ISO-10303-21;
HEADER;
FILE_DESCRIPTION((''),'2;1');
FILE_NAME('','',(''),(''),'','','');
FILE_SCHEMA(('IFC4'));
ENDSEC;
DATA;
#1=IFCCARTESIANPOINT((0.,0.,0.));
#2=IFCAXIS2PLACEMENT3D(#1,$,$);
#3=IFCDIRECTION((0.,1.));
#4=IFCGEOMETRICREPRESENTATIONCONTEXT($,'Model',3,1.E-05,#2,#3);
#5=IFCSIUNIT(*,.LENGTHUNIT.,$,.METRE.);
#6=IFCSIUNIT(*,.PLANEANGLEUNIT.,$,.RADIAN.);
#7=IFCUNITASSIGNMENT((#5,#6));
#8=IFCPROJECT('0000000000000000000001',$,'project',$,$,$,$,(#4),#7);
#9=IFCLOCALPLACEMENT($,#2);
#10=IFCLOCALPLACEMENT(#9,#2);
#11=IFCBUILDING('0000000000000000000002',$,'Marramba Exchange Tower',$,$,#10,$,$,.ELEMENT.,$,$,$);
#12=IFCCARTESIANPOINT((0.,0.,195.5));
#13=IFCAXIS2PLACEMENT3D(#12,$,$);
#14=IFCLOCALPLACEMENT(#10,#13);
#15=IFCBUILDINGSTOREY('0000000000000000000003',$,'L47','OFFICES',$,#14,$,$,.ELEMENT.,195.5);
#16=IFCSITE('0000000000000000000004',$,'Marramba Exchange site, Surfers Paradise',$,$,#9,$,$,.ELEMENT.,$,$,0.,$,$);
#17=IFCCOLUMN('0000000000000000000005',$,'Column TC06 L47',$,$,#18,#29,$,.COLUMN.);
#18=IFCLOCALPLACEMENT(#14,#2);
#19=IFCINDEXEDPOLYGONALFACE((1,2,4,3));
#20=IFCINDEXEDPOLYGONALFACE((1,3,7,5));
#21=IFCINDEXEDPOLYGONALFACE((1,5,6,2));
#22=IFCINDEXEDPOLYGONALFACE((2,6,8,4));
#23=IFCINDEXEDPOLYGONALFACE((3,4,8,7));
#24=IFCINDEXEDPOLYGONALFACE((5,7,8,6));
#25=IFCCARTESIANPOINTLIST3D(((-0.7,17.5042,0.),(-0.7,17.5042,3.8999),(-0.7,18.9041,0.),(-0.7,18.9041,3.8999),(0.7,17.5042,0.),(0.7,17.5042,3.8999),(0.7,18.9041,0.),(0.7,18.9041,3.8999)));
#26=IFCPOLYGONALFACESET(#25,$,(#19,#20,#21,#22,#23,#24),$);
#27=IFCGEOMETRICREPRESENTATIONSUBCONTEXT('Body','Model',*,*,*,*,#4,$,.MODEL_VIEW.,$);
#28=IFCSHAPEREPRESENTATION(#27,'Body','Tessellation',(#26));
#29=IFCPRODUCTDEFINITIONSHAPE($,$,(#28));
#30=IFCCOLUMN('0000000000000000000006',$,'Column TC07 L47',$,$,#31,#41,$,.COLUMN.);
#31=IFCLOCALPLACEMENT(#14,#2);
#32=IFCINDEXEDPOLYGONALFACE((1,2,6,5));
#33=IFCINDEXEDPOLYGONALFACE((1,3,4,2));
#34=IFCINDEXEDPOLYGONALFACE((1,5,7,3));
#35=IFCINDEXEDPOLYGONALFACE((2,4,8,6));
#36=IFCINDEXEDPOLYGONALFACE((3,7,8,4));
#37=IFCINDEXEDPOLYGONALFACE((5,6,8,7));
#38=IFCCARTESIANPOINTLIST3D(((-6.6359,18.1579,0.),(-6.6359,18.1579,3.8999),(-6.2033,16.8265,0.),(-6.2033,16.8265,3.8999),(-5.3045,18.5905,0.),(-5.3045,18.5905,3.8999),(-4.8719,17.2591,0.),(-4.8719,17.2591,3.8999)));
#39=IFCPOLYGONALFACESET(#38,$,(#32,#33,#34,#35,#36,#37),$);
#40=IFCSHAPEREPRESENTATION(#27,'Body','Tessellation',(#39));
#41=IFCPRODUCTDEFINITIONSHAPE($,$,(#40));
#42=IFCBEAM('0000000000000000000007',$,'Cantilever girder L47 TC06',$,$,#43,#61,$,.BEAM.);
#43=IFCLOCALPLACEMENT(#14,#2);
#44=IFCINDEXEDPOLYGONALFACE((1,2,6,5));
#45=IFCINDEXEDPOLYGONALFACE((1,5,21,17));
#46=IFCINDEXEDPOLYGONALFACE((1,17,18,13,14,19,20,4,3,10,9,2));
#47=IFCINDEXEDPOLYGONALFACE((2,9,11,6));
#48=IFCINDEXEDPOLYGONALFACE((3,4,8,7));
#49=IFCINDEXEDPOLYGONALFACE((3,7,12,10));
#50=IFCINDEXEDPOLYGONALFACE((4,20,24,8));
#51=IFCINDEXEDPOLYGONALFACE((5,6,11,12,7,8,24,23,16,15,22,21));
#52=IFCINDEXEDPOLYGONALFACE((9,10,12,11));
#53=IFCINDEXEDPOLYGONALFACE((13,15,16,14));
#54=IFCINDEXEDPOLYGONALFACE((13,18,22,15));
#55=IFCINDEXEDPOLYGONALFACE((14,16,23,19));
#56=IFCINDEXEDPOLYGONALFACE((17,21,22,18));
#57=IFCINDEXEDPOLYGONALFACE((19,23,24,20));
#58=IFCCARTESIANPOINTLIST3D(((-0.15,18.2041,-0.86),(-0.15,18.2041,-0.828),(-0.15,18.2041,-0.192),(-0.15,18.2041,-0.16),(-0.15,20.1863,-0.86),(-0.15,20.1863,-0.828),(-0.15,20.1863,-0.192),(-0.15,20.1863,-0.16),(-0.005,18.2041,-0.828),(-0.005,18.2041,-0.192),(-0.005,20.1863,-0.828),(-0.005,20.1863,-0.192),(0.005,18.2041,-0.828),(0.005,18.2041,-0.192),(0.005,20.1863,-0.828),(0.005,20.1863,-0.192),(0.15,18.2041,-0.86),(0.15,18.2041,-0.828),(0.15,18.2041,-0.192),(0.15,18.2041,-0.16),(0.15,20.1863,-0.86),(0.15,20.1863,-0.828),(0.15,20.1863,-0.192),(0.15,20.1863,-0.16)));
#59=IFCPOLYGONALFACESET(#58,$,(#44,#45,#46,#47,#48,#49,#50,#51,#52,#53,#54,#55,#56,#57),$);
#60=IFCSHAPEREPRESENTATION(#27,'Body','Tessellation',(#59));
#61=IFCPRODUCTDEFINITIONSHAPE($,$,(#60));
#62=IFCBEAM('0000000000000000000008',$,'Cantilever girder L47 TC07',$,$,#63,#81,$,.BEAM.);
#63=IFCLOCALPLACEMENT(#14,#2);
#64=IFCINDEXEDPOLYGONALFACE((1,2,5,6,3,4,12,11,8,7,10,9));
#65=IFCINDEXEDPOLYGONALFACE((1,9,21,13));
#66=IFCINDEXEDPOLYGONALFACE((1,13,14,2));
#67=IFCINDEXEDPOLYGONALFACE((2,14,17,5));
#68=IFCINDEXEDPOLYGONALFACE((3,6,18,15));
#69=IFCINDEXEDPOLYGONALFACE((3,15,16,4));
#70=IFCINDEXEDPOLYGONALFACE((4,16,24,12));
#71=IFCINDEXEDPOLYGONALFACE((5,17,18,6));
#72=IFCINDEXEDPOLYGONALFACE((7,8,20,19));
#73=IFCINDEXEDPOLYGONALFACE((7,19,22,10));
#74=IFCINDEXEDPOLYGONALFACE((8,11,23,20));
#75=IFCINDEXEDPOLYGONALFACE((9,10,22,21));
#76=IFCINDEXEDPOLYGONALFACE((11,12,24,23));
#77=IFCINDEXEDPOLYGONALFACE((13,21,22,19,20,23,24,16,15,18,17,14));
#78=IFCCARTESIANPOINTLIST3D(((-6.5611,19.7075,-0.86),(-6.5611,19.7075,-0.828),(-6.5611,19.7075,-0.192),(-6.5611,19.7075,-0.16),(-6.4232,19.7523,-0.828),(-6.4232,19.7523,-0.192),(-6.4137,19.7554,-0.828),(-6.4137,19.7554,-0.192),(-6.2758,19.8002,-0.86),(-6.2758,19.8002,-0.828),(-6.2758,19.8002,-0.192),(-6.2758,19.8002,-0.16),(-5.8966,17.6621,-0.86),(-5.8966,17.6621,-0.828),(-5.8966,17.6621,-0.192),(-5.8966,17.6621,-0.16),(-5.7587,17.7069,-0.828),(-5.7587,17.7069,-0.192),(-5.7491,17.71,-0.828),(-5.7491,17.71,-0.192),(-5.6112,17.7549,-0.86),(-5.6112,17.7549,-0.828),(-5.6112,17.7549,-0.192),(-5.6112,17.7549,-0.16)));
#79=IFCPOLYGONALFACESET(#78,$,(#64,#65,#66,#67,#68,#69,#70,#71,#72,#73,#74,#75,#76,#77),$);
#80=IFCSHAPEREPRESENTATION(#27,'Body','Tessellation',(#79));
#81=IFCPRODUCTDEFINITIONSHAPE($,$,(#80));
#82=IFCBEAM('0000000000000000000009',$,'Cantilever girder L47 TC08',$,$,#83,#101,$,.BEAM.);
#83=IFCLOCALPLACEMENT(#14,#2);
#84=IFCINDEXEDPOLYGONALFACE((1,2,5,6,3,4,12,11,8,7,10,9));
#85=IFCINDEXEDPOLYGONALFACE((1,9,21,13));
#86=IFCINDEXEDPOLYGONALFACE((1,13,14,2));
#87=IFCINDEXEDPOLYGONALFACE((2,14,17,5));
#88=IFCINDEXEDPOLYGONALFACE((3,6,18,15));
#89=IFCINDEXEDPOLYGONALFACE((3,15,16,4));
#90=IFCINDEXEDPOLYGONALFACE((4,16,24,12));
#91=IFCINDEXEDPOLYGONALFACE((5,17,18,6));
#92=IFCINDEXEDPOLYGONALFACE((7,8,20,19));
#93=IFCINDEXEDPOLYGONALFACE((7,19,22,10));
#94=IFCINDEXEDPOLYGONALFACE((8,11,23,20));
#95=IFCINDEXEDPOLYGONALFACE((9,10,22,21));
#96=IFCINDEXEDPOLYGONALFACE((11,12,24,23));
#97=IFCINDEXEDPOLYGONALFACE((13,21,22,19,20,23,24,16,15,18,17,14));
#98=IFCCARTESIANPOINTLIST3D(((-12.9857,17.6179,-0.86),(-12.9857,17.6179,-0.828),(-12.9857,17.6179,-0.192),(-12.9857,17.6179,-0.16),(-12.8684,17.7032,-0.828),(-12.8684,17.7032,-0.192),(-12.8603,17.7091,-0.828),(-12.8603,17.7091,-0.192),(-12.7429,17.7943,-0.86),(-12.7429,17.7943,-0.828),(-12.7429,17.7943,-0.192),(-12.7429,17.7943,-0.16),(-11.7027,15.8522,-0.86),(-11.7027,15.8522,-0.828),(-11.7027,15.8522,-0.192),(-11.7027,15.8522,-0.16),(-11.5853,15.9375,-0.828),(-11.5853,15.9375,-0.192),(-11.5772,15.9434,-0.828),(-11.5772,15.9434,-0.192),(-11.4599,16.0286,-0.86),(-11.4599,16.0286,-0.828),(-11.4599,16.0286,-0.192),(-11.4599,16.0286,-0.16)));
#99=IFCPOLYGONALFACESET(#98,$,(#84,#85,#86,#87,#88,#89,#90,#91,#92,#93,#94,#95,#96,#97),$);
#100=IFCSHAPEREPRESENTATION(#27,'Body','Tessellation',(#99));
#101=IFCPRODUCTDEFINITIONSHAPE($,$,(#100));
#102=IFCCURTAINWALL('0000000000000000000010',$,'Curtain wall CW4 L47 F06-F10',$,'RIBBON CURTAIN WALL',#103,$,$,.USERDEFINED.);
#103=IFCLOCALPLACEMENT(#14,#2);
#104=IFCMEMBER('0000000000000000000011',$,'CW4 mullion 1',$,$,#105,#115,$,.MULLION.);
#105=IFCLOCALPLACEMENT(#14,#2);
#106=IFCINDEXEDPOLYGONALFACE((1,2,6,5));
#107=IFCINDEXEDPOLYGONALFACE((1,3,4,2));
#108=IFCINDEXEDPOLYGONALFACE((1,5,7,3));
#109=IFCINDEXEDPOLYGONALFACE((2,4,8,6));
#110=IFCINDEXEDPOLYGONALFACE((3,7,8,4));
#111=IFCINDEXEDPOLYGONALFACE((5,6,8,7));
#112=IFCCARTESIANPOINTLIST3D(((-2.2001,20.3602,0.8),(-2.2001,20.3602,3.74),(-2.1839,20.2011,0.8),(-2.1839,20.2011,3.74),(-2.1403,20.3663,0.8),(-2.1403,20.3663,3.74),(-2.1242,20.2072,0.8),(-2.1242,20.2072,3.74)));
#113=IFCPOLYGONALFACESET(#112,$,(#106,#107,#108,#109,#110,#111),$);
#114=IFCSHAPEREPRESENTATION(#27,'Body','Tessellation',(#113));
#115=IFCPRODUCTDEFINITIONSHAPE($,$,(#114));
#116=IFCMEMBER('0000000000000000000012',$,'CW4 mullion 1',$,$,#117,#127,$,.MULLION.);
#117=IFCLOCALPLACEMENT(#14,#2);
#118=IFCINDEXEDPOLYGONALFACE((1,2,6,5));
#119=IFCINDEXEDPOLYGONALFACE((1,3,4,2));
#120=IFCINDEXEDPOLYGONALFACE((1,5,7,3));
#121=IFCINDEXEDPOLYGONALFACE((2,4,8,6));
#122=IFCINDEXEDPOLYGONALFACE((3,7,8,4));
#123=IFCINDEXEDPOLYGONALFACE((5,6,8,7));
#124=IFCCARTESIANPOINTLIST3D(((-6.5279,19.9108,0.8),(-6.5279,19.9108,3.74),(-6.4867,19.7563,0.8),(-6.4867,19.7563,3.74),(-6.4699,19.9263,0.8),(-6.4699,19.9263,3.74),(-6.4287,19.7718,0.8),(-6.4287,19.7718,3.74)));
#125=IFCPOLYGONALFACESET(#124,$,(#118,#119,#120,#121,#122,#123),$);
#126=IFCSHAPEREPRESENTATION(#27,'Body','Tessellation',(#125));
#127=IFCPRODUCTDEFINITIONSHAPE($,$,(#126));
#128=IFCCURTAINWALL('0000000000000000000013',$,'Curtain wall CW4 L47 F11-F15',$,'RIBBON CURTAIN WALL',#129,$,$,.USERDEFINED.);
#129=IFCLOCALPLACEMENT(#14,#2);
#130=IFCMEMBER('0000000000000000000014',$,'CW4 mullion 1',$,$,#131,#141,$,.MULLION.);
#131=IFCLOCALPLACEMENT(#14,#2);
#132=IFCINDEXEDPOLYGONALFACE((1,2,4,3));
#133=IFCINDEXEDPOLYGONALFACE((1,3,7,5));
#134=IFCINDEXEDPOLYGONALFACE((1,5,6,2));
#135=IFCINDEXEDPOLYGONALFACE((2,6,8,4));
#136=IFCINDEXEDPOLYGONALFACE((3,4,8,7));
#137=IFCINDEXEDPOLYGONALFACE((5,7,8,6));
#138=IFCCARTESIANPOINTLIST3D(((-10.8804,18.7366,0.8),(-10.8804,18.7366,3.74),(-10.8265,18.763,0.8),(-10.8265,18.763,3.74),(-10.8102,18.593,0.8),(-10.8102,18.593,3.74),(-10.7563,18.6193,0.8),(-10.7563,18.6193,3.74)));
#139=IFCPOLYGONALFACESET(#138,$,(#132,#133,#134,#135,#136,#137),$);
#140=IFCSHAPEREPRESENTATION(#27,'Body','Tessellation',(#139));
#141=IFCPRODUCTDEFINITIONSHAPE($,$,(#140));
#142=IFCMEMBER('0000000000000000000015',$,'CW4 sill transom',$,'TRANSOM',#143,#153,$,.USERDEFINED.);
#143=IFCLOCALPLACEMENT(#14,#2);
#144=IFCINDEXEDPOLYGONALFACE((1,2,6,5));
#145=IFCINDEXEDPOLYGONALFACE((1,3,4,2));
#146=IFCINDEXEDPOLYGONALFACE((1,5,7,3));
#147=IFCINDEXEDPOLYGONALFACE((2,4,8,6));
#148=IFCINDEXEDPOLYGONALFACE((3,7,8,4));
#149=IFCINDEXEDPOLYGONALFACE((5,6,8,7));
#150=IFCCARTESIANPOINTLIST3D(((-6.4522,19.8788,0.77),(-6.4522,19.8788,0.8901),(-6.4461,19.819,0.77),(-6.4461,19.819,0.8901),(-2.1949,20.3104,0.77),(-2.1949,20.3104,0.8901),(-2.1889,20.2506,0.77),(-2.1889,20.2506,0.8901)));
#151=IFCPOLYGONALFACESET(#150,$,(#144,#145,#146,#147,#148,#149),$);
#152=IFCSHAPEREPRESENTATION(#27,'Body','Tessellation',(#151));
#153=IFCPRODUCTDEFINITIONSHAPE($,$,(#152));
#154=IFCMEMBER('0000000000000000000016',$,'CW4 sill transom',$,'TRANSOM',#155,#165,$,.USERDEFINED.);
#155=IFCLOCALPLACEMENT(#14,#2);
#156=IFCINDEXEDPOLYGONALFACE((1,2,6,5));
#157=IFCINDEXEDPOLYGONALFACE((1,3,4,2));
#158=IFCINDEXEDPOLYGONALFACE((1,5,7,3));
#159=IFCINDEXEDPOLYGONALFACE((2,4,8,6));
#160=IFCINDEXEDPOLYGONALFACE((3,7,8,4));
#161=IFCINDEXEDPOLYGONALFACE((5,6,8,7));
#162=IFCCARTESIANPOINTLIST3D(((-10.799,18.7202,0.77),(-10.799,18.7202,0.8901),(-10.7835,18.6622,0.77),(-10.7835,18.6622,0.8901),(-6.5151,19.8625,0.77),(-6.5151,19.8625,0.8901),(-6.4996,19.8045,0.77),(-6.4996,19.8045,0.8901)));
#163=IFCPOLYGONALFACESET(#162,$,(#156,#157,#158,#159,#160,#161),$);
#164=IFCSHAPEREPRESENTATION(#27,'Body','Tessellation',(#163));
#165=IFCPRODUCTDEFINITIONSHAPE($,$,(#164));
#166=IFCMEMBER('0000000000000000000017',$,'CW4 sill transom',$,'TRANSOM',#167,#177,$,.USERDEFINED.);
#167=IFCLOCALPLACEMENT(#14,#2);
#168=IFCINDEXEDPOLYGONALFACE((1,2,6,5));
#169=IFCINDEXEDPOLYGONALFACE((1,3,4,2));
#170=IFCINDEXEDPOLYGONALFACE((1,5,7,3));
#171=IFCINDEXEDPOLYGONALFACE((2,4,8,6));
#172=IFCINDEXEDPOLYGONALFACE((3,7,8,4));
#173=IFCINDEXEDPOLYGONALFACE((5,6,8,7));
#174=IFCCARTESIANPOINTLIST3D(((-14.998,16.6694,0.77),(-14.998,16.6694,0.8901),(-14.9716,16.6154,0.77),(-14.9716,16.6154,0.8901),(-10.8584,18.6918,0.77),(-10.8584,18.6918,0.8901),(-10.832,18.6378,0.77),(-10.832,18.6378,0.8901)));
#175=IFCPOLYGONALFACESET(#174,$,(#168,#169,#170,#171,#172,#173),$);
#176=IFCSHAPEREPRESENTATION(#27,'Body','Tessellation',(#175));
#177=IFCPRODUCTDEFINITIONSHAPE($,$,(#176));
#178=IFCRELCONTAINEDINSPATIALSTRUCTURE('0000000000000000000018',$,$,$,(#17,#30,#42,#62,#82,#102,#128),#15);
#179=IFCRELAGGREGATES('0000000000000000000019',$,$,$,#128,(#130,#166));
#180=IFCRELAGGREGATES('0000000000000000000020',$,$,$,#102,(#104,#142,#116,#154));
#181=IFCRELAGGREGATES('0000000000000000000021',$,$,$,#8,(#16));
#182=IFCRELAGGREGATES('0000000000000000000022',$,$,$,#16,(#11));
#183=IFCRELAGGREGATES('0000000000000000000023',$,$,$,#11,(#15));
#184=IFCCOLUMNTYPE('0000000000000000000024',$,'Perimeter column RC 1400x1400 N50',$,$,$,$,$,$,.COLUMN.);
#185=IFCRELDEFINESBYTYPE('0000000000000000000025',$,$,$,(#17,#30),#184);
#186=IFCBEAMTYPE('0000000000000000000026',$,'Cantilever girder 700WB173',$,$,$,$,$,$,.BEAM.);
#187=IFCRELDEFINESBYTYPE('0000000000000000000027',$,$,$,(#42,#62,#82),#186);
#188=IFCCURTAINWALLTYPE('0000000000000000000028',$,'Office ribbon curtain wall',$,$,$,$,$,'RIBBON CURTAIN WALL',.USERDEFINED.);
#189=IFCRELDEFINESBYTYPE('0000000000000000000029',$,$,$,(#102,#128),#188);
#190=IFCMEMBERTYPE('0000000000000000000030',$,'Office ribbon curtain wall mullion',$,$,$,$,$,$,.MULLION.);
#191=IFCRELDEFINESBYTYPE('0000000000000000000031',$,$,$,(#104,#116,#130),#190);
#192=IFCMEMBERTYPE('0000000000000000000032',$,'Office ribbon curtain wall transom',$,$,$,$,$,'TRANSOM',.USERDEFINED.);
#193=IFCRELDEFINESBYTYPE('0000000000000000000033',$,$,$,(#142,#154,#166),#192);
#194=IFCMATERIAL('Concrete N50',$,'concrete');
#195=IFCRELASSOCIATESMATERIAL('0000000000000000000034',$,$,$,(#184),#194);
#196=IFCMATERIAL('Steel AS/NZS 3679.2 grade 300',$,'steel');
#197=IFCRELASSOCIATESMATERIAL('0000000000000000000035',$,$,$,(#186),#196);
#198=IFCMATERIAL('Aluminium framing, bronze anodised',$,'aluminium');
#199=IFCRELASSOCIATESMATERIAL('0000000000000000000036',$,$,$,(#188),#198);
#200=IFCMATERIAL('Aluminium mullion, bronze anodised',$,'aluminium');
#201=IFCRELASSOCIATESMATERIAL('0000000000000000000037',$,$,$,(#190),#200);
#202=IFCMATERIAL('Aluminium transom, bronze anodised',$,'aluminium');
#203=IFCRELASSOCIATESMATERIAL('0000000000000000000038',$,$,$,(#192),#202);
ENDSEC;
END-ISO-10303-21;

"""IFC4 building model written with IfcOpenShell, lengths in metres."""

from ifc_helpers import new_model, si_unit, direction, frame, origin, origin_2d, place, context, subcontext, project, spatial, rectangle, i_section, extrude, material, material_profile, profile_set, type_object, element, aggregate, save


model = new_model("IFC4")

# Units and contexts
model_context = context("Model", 3, precision=1e-05, world=origin(), true_north=direction((0.0, 1.0)))
body_context = subcontext(model_context, "Body", "Model", "MODEL_VIEW")
ifc_project = project(units=[si_unit("LENGTHUNIT", "METRE"), si_unit("PLANEANGLEUNIT", "RADIAN")], contexts=[model_context])

# Site, building, storey
site_placement = place(None, origin())
site = spatial("IfcSite", under=ifc_project, at=site_placement, Name="Marramba Exchange site, Surfers Paradise", CompositionType="ELEMENT", RefElevation=0.0)
building_placement = place(site_placement, origin())
building = spatial("IfcBuilding", under=site, at=building_placement, Name="Marramba Exchange Tower", CompositionType="ELEMENT")
storey_placement = place(building_placement, frame((0.0, 0.0, 195.5)))
storey = spatial("IfcBuildingStorey", under=building, at=storey_placement, Name="L47", Description="OFFICES", CompositionType="ELEMENT", Elevation=195.5)

# Columns
ifc_material_1 = material(Name="Concrete N50", Category="concrete")
ifc_material_profile_1 = material_profile(ifc_material_1, rectangle(XDim=1.3999, YDim=1.3999, at=origin_2d()), Name="RC 1400x1400")
ifc_profile_set_1 = profile_set([ifc_material_profile_1], Name="Concrete N50")
column_type = type_object("IfcColumnType", Name="Perimeter column RC 1400x1400 N50", PredefinedType="COLUMN", material=ifc_profile_set_1)
for number, where, z_axis, x_axis, name in (
    (1, (0.0, 18.2041, 0.0), (0.0, 0.0, 1.0), (0.0, 1.0, 0.0), "Column TC06 L47"),
    (2, (-5.7539, 17.7085, 0.0), (0.0, 0.0, 1.0), (-0.309017, 0.951057, 0.0), "Column TC07 L47"),
):
    element("IfcColumn", number, at=place(storey_placement, frame(where, z_axis=z_axis, x_axis=x_axis)), inside=storey, type_object=column_type, Name=name, PredefinedType="COLUMN", context=body_context, shape_type="SweptSolid", body=[
        extrude(rectangle(XDim=1.3999, YDim=1.3999, at=origin_2d()), origin(), (0.0, 0.0, 1.0), 3.8999),
    ])

# Beams
ifc_material_2 = material(Name="Steel AS/NZS 3679.2 grade 300", Category="steel")
ifc_material_profile_2 = material_profile(ifc_material_2, i_section(OverallWidth=0.3, OverallDepth=0.7, WebThickness=0.01, FlangeThickness=0.032, at=origin_2d()), Name="700WB173")
ifc_profile_set_2 = profile_set([ifc_material_profile_2], Name="Steel AS/NZS 3679.2 grade 300")
beam_type_1 = type_object("IfcBeamType", Name="Cantilever girder 700WB173", PredefinedType="BEAM", material=ifc_profile_set_2)
beam_1_placement = place(storey_placement, frame((0.0, 18.2041, -0.51), z_axis=(0.0, 1.0, 0.0), x_axis=(-1.0, 0.0, 0.0)))
element("IfcBeam", 3, at=beam_1_placement, inside=storey, type_object=beam_type_1, Name="Cantilever girder L47 TC06", PredefinedType="BEAM", context=body_context, shape_type="SweptSolid", body=[
    extrude(i_section(OverallWidth=0.3, OverallDepth=0.7, WebThickness=0.01, FlangeThickness=0.032, at=origin_2d()), origin(), (0.0, 0.0, 1.0), 1.9822),
])
beam_2_placement = place(storey_placement, frame((-5.7539, 17.7085, -0.51), z_axis=(-0.308999, 0.951062, 0.0), x_axis=(-0.951062, -0.308999, 0.0)))
element("IfcBeam", 4, at=beam_2_placement, inside=storey, type_object=beam_type_1, Name="Cantilever girder L47 TC07", PredefinedType="BEAM", context=body_context, shape_type="SweptSolid", body=[
    extrude(i_section(OverallWidth=0.3, OverallDepth=0.7, WebThickness=0.01, FlangeThickness=0.032, at=origin_2d()), origin(), (0.0, 0.0, 1.0), 2.1506),
])
beam_3_placement = place(storey_placement, frame((-11.5813, 15.9404, -0.51), z_axis=(-0.587832, 0.808983, 0.0), x_axis=(-0.808983, -0.587832, 0.0)))
element("IfcBeam", 5, at=beam_3_placement, inside=storey, type_object=beam_type_1, Name="Cantilever girder L47 TC08", PredefinedType="BEAM", context=body_context, shape_type="SweptSolid", body=[
    extrude(i_section(OverallWidth=0.3, OverallDepth=0.7, WebThickness=0.01, FlangeThickness=0.032, at=origin_2d()), origin(), (0.0, 0.0, 1.0), 2.1826),
])

# Curtain wall, members
ifc_material_3 = material(Name="Aluminium framing, bronze anodised", Category="aluminium")
curtain_wall_type = type_object("IfcCurtainWallType", Name="Office ribbon curtain wall", ElementType="RIBBON CURTAIN WALL", PredefinedType="USERDEFINED", material=ifc_material_3)
curtain_wall_1_placement = place(storey_placement, origin())
curtain_wall_1 = element("IfcCurtainWall", 6, at=curtain_wall_1_placement, inside=storey, type_object=curtain_wall_type, Name="Curtain wall CW4 L47 F06-F10", ObjectType="RIBBON CURTAIN WALL", PredefinedType="USERDEFINED")
ifc_material_4 = material(Name="Aluminium mullion, bronze anodised", Category="aluminium")
ifc_material_profile_3 = material_profile(ifc_material_4, rectangle(XDim=0.1599, YDim=0.0601, at=origin_2d()), Name="CW4 mullion 60x160")
ifc_profile_set_3 = profile_set([ifc_material_profile_3], Name="Aluminium mullion, bronze anodised")
member_type_1 = type_object("IfcMemberType", Name="Office ribbon curtain wall mullion", PredefinedType="MULLION", material=ifc_profile_set_3)
member_1_placement = place(storey_placement, frame((-2.1621, 20.2837, 0.8), z_axis=(0.0, 0.0, 1.0), x_axis=(0.100863, -0.9949, 0.0)))
member_1 = element("IfcMember", 7, at=member_1_placement, type_object=member_type_1, Name="CW4 mullion 1", PredefinedType="MULLION", context=body_context, shape_type="SweptSolid", body=[
    extrude(rectangle(XDim=0.1599, YDim=0.0601, at=origin_2d()), origin(), (0.0, 0.0, 1.0), 2.9399),
])
member_2_placement = place(storey_placement, frame((-6.4783, 19.8413, 0.8), z_axis=(0.0, 0.0, 1.0), x_axis=(0.257641, -0.966241, 0.0)))
member_2 = element("IfcMember", 8, at=member_2_placement, type_object=member_type_1, Name="CW4 mullion 1", PredefinedType="MULLION", context=body_context, shape_type="SweptSolid", body=[
    extrude(rectangle(XDim=0.1599, YDim=0.0601, at=origin_2d()), origin(), (0.0, 0.0, 1.0), 2.9399),
])

# Curtain wall, member
curtain_wall_2_placement = place(storey_placement, origin())
curtain_wall_2 = element("IfcCurtainWall", 9, at=curtain_wall_2_placement, inside=storey, type_object=curtain_wall_type, Name="Curtain wall CW4 L47 F11-F15", ObjectType="RIBBON CURTAIN WALL", PredefinedType="USERDEFINED")
member_3_placement = place(storey_placement, frame((-10.8184, 18.678, 0.8), z_axis=(0.0, 0.0, 1.0), x_axis=(0.438972, -0.898501, 0.0)))
member_3 = element("IfcMember", 10, at=member_3_placement, type_object=member_type_1, Name="CW4 mullion 1", PredefinedType="MULLION", context=body_context, shape_type="SweptSolid", body=[
    extrude(rectangle(XDim=0.1599, YDim=0.0601, at=origin_2d()), origin(), (0.0, 0.0, 1.0), 2.9399),
])

# Members
ifc_material_5 = material(Name="Aluminium transom, bronze anodised", Category="aluminium")
ifc_material_profile_4 = material_profile(ifc_material_5, rectangle(XDim=0.0601, YDim=0.1201, at=origin_2d()), Name="CW4 transom 60x120")
ifc_profile_set_4 = profile_set([ifc_material_profile_4], Name="Aluminium transom, bronze anodised")
member_type_2 = type_object("IfcMemberType", Name="Office ribbon curtain wall transom", ElementType="TRANSOM", PredefinedType="USERDEFINED", material=ifc_profile_set_4)
member_4_placement = place(storey_placement, frame((-2.1919, 20.2805, 0.8301), z_axis=(-0.9949, -0.100871, 0.0), x_axis=(0.100871, -0.9949, 0.0)))
member_4 = element("IfcMember", 11, at=member_4_placement, type_object=member_type_2, Name="CW4 sill transom", ObjectType="TRANSOM", PredefinedType="USERDEFINED", context=body_context, shape_type="SweptSolid", body=[
    extrude(rectangle(XDim=0.0601, YDim=0.1201, at=origin_2d()), origin(), (0.0, 0.0, 1.0), 4.2791),
])
member_5_placement = place(storey_placement, frame((-6.5073, 19.8335, 0.8301), z_axis=(-0.966238, -0.257652, 0.0), x_axis=(0.257652, -0.966238, 0.0)))
member_5 = element("IfcMember", 12, at=member_5_placement, type_object=member_type_2, Name="CW4 sill transom", ObjectType="TRANSOM", PredefinedType="USERDEFINED", context=body_context, shape_type="SweptSolid", body=[
    extrude(rectangle(XDim=0.0601, YDim=0.1201, at=origin_2d()), origin(), (0.0, 0.0, 1.0), 4.4336),
])
member_6_placement = place(storey_placement, frame((-10.8452, 18.6648, 0.8301), z_axis=(-0.898501, -0.438971, 0.0), x_axis=(0.438971, -0.898501, 0.0)))
member_6 = element("IfcMember", 13, at=member_6_placement, type_object=member_type_2, Name="CW4 sill transom", ObjectType="TRANSOM", PredefinedType="USERDEFINED", context=body_context, shape_type="SweptSolid", body=[
    extrude(rectangle(XDim=0.0601, YDim=0.1201, at=origin_2d()), origin(), (0.0, 0.0, 1.0), 4.6072),
])
aggregate(curtain_wall_2, [member_3, member_6])

aggregate(curtain_wall_1, [member_1, member_4, member_2, member_5])

save(model, "model.ifc")
